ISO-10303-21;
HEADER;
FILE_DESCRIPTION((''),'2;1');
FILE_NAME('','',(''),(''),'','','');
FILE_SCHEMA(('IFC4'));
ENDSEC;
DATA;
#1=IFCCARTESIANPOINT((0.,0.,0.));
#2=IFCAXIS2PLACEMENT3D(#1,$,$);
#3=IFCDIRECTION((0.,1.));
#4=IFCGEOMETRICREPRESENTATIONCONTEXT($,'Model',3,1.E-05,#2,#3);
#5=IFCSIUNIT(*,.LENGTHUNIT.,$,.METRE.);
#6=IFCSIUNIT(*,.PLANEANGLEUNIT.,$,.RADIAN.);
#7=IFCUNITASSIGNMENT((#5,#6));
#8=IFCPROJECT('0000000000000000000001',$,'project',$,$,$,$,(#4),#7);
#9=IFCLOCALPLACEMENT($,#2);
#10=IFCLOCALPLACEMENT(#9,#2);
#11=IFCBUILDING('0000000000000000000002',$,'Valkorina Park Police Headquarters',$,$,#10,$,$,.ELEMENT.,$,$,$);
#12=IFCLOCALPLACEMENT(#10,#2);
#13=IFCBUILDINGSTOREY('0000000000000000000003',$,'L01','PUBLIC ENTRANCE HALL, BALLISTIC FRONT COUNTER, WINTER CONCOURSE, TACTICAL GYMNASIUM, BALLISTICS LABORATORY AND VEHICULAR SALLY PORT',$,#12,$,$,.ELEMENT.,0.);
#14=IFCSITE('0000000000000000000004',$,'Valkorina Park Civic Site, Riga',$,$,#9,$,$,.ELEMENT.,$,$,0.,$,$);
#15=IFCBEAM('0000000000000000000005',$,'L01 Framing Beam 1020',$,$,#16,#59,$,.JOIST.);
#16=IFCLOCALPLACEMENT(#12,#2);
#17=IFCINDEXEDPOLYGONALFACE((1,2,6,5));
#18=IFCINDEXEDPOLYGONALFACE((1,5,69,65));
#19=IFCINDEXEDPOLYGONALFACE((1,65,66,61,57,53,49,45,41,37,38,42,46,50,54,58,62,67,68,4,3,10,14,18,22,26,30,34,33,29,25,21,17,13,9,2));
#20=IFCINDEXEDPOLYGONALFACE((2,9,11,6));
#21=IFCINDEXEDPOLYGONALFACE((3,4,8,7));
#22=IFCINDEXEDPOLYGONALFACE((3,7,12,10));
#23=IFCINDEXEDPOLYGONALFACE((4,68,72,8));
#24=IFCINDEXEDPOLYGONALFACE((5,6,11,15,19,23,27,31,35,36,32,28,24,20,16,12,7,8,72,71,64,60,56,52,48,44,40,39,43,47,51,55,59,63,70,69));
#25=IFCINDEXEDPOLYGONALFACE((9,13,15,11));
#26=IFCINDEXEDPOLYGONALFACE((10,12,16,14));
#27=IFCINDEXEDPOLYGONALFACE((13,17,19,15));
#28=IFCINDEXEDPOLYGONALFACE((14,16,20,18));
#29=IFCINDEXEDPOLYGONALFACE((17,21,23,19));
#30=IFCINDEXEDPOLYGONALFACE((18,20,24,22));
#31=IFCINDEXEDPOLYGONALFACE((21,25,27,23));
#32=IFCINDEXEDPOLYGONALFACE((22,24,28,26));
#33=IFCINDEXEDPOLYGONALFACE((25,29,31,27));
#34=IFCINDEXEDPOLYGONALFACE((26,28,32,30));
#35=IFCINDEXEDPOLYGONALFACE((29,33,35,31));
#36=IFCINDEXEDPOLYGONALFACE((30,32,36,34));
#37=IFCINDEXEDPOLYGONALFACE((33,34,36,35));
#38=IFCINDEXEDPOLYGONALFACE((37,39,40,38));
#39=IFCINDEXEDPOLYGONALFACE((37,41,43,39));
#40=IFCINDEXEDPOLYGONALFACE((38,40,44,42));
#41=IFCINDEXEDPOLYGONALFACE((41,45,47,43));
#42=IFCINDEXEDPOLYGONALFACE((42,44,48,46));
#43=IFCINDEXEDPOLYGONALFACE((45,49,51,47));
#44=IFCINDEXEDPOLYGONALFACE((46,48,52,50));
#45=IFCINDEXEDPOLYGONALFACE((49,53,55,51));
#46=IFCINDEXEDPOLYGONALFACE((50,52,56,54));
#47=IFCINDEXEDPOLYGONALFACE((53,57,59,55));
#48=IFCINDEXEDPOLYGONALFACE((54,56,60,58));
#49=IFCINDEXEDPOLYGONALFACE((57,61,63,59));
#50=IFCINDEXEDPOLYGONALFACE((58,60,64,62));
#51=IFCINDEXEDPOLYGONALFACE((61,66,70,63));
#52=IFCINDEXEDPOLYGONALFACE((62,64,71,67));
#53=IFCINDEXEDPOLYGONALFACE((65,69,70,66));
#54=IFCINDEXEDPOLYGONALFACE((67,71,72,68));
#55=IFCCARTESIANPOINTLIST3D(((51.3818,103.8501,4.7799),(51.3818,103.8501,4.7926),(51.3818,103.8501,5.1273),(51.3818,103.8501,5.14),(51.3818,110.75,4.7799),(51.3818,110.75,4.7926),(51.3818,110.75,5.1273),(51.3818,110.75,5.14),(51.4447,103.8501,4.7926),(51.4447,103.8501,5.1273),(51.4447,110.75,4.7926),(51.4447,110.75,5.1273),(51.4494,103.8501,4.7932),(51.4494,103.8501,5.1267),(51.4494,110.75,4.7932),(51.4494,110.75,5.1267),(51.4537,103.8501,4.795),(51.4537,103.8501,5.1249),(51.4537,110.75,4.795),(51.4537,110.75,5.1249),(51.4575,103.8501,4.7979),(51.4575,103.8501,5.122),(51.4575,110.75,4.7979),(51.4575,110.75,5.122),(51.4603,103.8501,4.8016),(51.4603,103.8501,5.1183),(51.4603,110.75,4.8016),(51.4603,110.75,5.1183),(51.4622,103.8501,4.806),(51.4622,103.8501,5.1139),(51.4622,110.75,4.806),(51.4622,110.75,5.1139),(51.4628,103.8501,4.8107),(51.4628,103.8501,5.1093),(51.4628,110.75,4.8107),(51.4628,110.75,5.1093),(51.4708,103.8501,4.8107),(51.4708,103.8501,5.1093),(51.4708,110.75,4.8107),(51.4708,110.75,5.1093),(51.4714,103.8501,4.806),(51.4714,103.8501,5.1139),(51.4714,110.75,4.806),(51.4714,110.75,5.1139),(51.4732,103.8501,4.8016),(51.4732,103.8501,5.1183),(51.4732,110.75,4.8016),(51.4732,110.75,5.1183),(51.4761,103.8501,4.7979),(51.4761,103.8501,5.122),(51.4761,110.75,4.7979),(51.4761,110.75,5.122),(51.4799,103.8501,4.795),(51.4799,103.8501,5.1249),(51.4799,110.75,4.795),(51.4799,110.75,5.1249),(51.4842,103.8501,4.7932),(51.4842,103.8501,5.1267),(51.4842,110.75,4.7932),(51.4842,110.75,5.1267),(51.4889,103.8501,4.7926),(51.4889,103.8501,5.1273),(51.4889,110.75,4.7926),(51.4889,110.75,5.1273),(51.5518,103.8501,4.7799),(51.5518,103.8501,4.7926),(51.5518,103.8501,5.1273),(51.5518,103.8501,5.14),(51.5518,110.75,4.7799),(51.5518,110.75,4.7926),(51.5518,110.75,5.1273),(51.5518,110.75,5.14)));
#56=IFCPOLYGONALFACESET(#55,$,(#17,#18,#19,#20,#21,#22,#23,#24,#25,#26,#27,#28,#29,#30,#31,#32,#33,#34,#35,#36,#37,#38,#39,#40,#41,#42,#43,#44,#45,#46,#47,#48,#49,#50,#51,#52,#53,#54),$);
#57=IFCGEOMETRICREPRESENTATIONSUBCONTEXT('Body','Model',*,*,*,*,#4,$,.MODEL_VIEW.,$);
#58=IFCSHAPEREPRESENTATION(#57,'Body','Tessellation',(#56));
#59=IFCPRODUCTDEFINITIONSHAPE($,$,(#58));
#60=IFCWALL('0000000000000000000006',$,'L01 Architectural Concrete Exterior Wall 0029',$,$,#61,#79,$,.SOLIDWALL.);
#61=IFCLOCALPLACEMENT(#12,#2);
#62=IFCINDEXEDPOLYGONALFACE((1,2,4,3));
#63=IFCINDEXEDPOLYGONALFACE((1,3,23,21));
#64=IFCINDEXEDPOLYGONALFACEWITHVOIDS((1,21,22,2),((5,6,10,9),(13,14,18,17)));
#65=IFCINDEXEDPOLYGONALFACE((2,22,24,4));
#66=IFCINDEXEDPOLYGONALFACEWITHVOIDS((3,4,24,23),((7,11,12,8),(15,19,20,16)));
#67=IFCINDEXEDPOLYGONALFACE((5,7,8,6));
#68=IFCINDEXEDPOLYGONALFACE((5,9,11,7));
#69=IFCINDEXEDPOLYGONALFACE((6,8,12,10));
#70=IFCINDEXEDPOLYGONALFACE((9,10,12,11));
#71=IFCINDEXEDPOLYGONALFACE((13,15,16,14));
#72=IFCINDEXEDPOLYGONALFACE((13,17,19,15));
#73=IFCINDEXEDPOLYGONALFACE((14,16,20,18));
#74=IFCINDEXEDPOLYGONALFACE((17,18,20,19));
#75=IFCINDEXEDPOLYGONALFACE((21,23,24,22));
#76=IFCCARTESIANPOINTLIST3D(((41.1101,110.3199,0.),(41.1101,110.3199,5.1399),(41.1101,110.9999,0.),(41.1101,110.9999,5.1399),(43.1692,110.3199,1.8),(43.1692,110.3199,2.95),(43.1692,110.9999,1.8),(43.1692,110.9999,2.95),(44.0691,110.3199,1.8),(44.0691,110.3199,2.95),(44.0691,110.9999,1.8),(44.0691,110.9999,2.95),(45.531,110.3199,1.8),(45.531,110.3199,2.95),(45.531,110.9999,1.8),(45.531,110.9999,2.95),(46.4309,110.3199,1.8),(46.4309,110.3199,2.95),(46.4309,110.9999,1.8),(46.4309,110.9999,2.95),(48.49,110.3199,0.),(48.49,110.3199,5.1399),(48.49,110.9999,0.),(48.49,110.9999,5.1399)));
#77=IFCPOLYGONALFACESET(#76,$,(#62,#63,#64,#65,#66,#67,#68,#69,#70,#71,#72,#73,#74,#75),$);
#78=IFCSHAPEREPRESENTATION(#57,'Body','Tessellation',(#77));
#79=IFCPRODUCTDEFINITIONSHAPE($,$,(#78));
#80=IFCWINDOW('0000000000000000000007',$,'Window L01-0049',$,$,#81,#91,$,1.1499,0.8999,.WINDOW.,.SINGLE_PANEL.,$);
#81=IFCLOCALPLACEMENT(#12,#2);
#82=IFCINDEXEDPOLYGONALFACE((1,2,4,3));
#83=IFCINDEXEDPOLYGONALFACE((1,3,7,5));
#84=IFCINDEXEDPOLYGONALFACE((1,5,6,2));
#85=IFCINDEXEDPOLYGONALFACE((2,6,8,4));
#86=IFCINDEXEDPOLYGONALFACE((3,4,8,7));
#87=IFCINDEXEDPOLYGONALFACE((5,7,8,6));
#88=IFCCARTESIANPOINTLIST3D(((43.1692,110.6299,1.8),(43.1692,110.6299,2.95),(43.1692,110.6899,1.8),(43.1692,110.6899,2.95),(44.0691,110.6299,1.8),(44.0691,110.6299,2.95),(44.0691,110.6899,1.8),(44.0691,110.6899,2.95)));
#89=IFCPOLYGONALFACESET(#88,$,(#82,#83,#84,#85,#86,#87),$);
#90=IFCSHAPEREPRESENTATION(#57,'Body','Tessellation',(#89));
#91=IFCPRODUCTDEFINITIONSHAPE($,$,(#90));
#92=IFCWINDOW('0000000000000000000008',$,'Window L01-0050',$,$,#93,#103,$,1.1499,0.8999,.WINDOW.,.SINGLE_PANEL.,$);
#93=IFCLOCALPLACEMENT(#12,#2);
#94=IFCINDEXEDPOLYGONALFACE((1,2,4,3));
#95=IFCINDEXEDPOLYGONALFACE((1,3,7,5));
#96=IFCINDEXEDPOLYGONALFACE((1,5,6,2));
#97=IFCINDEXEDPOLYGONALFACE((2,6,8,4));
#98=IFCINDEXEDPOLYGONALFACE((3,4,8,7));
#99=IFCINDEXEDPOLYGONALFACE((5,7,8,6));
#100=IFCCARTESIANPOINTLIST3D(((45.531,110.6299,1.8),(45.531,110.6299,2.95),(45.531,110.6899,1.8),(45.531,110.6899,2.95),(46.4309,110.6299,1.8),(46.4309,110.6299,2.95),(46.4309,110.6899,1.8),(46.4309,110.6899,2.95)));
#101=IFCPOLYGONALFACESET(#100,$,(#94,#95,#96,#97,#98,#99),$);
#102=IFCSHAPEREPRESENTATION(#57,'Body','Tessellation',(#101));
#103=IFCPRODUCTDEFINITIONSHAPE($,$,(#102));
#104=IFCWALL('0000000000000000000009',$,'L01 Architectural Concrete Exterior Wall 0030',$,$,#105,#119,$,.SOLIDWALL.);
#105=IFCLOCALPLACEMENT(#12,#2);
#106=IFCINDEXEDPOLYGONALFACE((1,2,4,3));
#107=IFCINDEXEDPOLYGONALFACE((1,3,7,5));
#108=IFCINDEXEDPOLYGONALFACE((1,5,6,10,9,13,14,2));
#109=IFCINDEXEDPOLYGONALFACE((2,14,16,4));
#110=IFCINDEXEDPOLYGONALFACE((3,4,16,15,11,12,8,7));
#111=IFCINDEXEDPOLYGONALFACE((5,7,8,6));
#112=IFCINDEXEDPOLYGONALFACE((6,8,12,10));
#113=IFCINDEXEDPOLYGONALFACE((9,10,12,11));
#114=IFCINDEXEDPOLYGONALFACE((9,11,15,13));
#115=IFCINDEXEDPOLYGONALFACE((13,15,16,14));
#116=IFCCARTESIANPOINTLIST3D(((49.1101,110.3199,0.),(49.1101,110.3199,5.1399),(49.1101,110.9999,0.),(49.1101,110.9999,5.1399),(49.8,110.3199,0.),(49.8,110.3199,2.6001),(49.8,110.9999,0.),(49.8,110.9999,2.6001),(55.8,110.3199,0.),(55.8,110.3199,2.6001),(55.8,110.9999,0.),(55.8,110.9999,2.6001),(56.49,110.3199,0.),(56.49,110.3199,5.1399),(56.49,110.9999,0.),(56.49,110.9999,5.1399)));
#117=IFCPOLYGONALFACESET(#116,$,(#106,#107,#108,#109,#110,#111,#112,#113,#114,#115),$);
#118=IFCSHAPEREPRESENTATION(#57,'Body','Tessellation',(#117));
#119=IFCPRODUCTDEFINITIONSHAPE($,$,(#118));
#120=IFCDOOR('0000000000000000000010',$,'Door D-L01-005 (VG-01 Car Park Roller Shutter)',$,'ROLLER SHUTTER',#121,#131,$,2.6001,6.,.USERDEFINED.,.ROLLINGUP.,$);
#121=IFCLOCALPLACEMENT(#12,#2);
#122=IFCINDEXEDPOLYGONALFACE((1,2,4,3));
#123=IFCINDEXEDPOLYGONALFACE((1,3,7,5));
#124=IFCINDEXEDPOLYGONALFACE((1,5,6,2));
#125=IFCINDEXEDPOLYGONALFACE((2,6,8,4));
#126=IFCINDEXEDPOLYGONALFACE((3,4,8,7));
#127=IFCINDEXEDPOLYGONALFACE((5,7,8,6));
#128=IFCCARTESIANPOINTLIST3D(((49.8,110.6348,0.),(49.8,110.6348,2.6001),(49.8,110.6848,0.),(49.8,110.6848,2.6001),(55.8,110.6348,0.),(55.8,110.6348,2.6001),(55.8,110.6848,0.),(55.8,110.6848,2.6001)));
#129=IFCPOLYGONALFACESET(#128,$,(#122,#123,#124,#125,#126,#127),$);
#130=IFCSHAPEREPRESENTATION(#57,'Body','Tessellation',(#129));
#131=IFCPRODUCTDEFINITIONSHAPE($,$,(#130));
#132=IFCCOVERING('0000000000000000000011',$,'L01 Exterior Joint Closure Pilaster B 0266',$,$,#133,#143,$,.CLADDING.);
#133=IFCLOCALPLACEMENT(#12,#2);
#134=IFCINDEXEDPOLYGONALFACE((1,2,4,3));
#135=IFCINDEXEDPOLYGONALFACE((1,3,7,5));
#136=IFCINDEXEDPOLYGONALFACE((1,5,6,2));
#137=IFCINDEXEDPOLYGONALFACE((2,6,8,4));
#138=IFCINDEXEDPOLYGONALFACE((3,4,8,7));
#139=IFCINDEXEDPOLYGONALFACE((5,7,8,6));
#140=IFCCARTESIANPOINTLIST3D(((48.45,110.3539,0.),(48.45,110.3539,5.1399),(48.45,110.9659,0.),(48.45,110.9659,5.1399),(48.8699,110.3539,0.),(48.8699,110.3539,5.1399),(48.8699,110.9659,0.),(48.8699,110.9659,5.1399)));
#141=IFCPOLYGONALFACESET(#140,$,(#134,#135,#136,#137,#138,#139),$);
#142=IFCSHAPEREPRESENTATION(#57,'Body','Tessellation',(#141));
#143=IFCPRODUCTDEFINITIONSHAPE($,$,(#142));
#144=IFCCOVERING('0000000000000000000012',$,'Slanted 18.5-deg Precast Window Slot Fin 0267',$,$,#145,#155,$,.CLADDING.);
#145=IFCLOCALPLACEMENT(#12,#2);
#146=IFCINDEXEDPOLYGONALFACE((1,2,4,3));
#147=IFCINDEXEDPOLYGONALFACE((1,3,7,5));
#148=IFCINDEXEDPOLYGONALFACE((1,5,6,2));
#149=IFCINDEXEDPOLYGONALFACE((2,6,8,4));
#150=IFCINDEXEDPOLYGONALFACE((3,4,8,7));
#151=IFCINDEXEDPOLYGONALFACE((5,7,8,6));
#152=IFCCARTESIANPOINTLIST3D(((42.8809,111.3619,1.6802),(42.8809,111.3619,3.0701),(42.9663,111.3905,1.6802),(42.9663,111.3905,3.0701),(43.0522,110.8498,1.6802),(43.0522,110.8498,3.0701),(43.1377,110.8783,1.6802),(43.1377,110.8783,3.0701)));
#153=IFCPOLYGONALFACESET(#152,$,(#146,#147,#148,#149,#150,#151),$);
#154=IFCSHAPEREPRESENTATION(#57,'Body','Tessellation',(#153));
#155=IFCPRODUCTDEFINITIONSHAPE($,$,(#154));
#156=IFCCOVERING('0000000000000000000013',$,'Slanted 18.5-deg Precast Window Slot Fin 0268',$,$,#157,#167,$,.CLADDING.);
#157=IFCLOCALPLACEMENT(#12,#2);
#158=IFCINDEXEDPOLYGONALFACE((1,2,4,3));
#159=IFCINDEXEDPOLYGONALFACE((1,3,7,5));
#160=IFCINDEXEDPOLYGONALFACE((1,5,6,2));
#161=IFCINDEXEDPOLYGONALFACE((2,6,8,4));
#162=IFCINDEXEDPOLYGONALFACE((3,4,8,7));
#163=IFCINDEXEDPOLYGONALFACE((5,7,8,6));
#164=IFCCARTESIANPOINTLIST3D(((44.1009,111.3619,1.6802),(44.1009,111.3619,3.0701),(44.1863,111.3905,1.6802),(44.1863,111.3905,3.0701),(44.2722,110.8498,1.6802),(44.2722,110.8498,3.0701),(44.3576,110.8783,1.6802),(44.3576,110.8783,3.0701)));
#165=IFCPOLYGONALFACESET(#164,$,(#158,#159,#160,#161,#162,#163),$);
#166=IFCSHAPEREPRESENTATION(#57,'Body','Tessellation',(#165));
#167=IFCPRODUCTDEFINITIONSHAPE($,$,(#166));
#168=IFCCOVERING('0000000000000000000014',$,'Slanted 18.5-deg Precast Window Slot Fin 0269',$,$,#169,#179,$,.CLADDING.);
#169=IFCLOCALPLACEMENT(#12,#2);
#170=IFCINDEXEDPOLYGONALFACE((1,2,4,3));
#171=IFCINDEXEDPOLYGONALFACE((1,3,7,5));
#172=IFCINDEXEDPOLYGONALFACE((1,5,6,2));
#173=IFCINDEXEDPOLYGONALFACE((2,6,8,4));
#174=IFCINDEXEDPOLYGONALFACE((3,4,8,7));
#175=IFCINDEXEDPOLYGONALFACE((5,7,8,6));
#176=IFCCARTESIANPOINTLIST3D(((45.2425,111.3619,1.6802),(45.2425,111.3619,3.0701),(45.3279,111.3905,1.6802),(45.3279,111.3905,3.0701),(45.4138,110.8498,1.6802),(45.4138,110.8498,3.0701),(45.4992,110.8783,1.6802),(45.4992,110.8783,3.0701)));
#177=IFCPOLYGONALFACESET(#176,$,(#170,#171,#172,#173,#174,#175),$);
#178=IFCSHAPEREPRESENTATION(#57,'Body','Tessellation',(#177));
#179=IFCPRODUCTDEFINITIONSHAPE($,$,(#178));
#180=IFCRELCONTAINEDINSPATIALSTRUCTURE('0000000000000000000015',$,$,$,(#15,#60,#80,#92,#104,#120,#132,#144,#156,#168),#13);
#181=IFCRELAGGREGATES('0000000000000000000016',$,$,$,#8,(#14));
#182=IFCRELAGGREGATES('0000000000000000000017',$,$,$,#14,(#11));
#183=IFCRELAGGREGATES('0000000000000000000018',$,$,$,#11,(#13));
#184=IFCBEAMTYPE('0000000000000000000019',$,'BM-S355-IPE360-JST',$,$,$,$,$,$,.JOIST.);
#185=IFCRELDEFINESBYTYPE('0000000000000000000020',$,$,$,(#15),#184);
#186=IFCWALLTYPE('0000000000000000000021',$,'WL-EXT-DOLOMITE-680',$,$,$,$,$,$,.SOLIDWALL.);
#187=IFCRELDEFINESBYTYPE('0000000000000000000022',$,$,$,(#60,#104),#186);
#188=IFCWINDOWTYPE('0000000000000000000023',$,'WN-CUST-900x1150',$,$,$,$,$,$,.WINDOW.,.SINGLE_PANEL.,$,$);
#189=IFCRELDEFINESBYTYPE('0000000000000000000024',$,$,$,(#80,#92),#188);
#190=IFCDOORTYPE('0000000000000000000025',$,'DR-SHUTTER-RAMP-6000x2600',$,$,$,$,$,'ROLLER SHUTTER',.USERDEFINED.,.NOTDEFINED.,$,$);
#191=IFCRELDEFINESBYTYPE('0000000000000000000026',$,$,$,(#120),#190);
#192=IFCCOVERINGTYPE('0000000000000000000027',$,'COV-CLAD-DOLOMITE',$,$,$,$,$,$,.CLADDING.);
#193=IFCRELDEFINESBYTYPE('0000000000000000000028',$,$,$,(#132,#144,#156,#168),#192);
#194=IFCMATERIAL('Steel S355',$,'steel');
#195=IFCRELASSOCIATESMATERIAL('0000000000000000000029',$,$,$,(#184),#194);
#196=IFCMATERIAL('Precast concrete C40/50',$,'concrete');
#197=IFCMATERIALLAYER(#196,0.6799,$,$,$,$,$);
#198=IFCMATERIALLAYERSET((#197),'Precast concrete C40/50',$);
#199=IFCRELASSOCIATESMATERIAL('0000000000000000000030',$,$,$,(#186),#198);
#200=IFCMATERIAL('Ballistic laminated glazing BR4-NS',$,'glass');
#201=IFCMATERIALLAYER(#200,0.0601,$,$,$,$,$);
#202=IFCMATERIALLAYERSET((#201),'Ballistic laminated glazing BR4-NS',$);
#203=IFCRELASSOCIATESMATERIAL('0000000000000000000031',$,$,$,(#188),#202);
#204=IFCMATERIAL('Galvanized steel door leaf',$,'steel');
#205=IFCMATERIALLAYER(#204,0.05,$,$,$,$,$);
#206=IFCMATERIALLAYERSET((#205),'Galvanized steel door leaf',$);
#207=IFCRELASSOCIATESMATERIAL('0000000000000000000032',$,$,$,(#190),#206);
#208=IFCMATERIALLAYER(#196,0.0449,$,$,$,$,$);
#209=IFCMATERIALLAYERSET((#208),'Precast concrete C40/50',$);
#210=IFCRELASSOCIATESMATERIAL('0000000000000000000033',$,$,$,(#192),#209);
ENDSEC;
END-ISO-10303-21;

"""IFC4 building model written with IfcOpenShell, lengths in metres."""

from ifc_helpers import new_model, si_unit, direction, frame, frame_2d, origin, origin_2d, place, context, subcontext, project, spatial, rectangle, i_section, extrude, material, layer, layer_set, material_profile, profile_set, type_object, element, fill, save


model = new_model("IFC4")

# Units and contexts
model_context = context("Model", 3, precision=1e-05, world=origin(), true_north=direction((0.0, 1.0)))
body_context = subcontext(model_context, "Body", "Model", "MODEL_VIEW")
ifc_project = project(units=[si_unit("LENGTHUNIT", "METRE"), si_unit("PLANEANGLEUNIT", "RADIAN")], contexts=[model_context])

# Site, building, storey
site_placement = place(None, origin())
site = spatial("IfcSite", under=ifc_project, at=site_placement, Name="Valkorina Park Civic Site, Riga", CompositionType="ELEMENT", RefElevation=0.0)
building_placement = place(site_placement, origin())
building = spatial("IfcBuilding", under=site, at=building_placement, Name="Valkorina Park Police Headquarters", CompositionType="ELEMENT")
storey_placement = place(building_placement, origin())
storey = spatial("IfcBuildingStorey", under=building, at=storey_placement, Name="L01", Description="PUBLIC ENTRANCE HALL, BALLISTIC FRONT COUNTER, WINTER CONCOURSE, TACTICAL GYMNASIUM, BALLISTICS LABORATORY AND VEHICULAR SALLY PORT", CompositionType="ELEMENT", Elevation=0.0)

# Beam
ifc_material_1 = material(Name="Steel S355", Category="steel")
ifc_material_profile_1 = material_profile(ifc_material_1, i_section(OverallWidth=0.1699, OverallDepth=0.3601, WebThickness=0.0081, FlangeThickness=0.0127, FilletRadius=0.0181, at=origin_2d()), Name="IPE 360")
ifc_profile_set_1 = profile_set([ifc_material_profile_1], Name="Steel S355")
beam_type_1 = type_object("IfcBeamType", Name="BM-S355-IPE360-JST", PredefinedType="JOIST", material=ifc_profile_set_1)
for number, where, z_axis, x_axis, name in (
    (1, (51.4668, 103.8501, 4.96), (0.0, 1.0, 0.0), (-1.0, 0.0, 0.0), "L01 Framing Beam 1020"),
):
    element("IfcBeam", number, at=place(storey_placement, frame(where, z_axis=z_axis, x_axis=x_axis)), inside=storey, type_object=beam_type_1, Name=name, PredefinedType="JOIST", context=body_context, shape_type="SweptSolid", body=[
        extrude(i_section(OverallWidth=0.1699, OverallDepth=0.3601, WebThickness=0.0081, FlangeThickness=0.0127, FilletRadius=0.0181, at=origin_2d()), origin(), (0.0, 0.0, 1.0), 6.8999),
    ])

# Wall, openings, windows
ifc_material_2 = material(Name="Precast concrete C40/50", Category="concrete")
ifc_layer_1 = layer(ifc_material_2, 0.6799)
ifc_layer_set_1 = layer_set([ifc_layer_1], Name="Precast concrete C40/50")
wall_type = type_object("IfcWallType", Name="WL-EXT-DOLOMITE-680", PredefinedType="SOLIDWALL", material=ifc_layer_set_1)
wall_1_placement = place(storey_placement, frame((41.1101, 110.6599, 0.0), z_axis=(0.0, 0.0, 1.0), x_axis=(1.0, 0.0, 0.0)))
wall_1 = element("IfcWall", 2, at=wall_1_placement, inside=storey, type_object=wall_type, Name="L01 Architectural Concrete Exterior Wall 0029", PredefinedType="SOLIDWALL", context=body_context, shape_type="SweptSolid", body=[
    extrude(rectangle(XDim=7.3799, YDim=0.6799, at=frame_2d((3.6899, 0.0))), origin(), (0.0, 0.0, 1.0), 5.1399),
])
opening_1_placement = place(wall_1_placement, frame((2.0591, 0.0, 1.8)))
opening_1 = element("IfcOpeningElement", 3, at=opening_1_placement, cuts=wall_1, PredefinedType="OPENING", context=body_context, shape_type="SweptSolid", body=[
    extrude(rectangle(XDim=0.8999, YDim=1.1499, at=frame_2d((0.45, 0.575))), frame((0.0, 0.3501, 0.0), z_axis=(0.0, -1.0, 0.0), x_axis=(1.0, 0.0, 0.0)), (0.0, 0.0, 1.0), 0.7),
])
opening_2_placement = place(wall_1_placement, frame((4.4209, 0.0, 1.8)))
opening_2 = element("IfcOpeningElement", 4, at=opening_2_placement, cuts=wall_1, PredefinedType="OPENING", context=body_context, shape_type="SweptSolid", body=[
    extrude(rectangle(XDim=0.8999, YDim=1.1499, at=frame_2d((0.45, 0.575))), frame((0.0, 0.3501, 0.0), z_axis=(0.0, -1.0, 0.0), x_axis=(1.0, 0.0, 0.0)), (0.0, 0.0, 1.0), 0.7),
])
ifc_material_3 = material(Name="Ballistic laminated glazing BR4-NS", Category="glass")
ifc_layer_2 = layer(ifc_material_3, 0.0601)
ifc_layer_set_2 = layer_set([ifc_layer_2], Name="Ballistic laminated glazing BR4-NS")
window_type = type_object("IfcWindowType", Name="WN-CUST-900x1150", PartitioningType="SINGLE_PANEL", PredefinedType="WINDOW", material=ifc_layer_set_2)
window_1_placement = place(opening_1_placement, origin())
window_1 = element("IfcWindow", 5, at=window_1_placement, inside=storey, type_object=window_type, Name="Window L01-0049", OverallHeight=1.1499, OverallWidth=0.8999, PartitioningType="SINGLE_PANEL", PredefinedType="WINDOW", context=body_context, shape_type="SweptSolid", body=[
    extrude(rectangle(XDim=0.8999, YDim=1.1499, at=frame_2d((0.45, 0.575))), frame((0.0, 0.03, 0.0), z_axis=(0.0, -1.0, 0.0), x_axis=(1.0, 0.0, 0.0)), (0.0, 0.0, 1.0), 0.0601),
])
fill(opening_1, window_1)
window_2_placement = place(opening_2_placement, origin())
window_2 = element("IfcWindow", 6, at=window_2_placement, inside=storey, type_object=window_type, Name="Window L01-0050", OverallHeight=1.1499, OverallWidth=0.8999, PartitioningType="SINGLE_PANEL", PredefinedType="WINDOW", context=body_context, shape_type="SweptSolid", body=[
    extrude(rectangle(XDim=0.8999, YDim=1.1499, at=frame_2d((0.45, 0.575))), frame((0.0, 0.03, 0.0), z_axis=(0.0, -1.0, 0.0), x_axis=(1.0, 0.0, 0.0)), (0.0, 0.0, 1.0), 0.0601),
])
fill(opening_2, window_2)

# Wall, opening, door
wall_2_placement = place(storey_placement, frame((49.1101, 110.6599, 0.0), z_axis=(0.0, 0.0, 1.0), x_axis=(1.0, 0.0, 0.0)))
wall_2 = element("IfcWall", 7, at=wall_2_placement, inside=storey, type_object=wall_type, Name="L01 Architectural Concrete Exterior Wall 0030", PredefinedType="SOLIDWALL", context=body_context, shape_type="SweptSolid", body=[
    extrude(rectangle(XDim=7.3799, YDim=0.6799, at=frame_2d((3.6899, 0.0))), origin(), (0.0, 0.0, 1.0), 5.1399),
])
opening_3_placement = place(wall_2_placement, frame((0.6899, 0.0, 0.0)))
opening_3 = element("IfcOpeningElement", 8, at=opening_3_placement, cuts=wall_2, PredefinedType="OPENING", context=body_context, shape_type="SweptSolid", body=[
    extrude(rectangle(XDim=6.0, YDim=2.6001, at=frame_2d((3.0, 1.3))), frame((0.0, 0.3501, 0.0), z_axis=(0.0, -1.0, 0.0), x_axis=(1.0, 0.0, 0.0)), (0.0, 0.0, 1.0), 0.7),
])
ifc_material_4 = material(Name="Galvanized steel door leaf", Category="steel")
ifc_layer_3 = layer(ifc_material_4, 0.05)
ifc_layer_set_3 = layer_set([ifc_layer_3], Name="Galvanized steel door leaf")
door_type = type_object("IfcDoorType", Name="DR-SHUTTER-RAMP-6000x2600", ElementType="ROLLER SHUTTER", OperationType="NOTDEFINED", PredefinedType="USERDEFINED", material=ifc_layer_set_3)
door_placement = place(opening_3_placement, origin())
door = element("IfcDoor", 9, at=door_placement, inside=storey, type_object=door_type, Name="Door D-L01-005 (VG-01 Car Park Roller Shutter)", ObjectType="ROLLER SHUTTER", OperationType="ROLLINGUP", OverallHeight=2.6001, OverallWidth=6.0, PredefinedType="USERDEFINED", context=body_context, shape_type="SweptSolid", body=[
    extrude(rectangle(XDim=6.0, YDim=2.6001, at=frame_2d((3.0, 1.3))), frame((0.0, 0.0249, 0.0), z_axis=(0.0, -1.0, 0.0), x_axis=(1.0, 0.0, 0.0)), (0.0, 0.0, 1.0), 0.05),
])
fill(opening_3, door)

# Coverings
ifc_layer_4 = layer(ifc_material_2, 0.0449)
ifc_layer_set_4 = layer_set([ifc_layer_4], Name="Precast concrete C40/50")
covering_type = type_object("IfcCoveringType", Name="COV-CLAD-DOLOMITE", PredefinedType="CLADDING", material=ifc_layer_set_4)
covering_1_placement = place(storey_placement, frame((48.6599, 110.6599, 0.0), z_axis=(0.0, 0.0, 1.0), x_axis=(1.0, 0.0, 0.0)))
element("IfcCovering", 10, at=covering_1_placement, inside=storey, type_object=covering_type, Name="L01 Exterior Joint Closure Pilaster B 0266", PredefinedType="CLADDING", context=body_context, shape_type="SweptSolid", body=[
    extrude(rectangle(XDim=0.4199, YDim=0.6121, at=origin_2d()), origin(), (0.0, 0.0, 1.0), 5.1399),
])
for number, where, z_axis, x_axis, name in (
    (11, (43.0093, 111.1201, 1.6802), (0.0, 0.0, 1.0), (-0.317305, 0.948324, 0.0), "Slanted 18.5-deg Precast Window Slot Fin 0267"),
    (12, (44.2292, 111.1201, 1.6802), (0.0, 0.0, 1.0), (-0.317305, 0.948324, 0.0), "Slanted 18.5-deg Precast Window Slot Fin 0268"),
    (13, (45.3708, 111.1201, 1.6802), (0.0, 0.0, 1.0), (-0.317305, 0.948324, 0.0), "Slanted 18.5-deg Precast Window Slot Fin 0269"),
):
    element("IfcCovering", number, at=place(storey_placement, frame(where, z_axis=z_axis, x_axis=x_axis)), inside=storey, type_object=covering_type, Name=name, PredefinedType="CLADDING", context=body_context, shape_type="SweptSolid", body=[
        extrude(rectangle(XDim=0.54, YDim=0.0901, at=origin_2d()), origin(), (0.0, 0.0, 1.0), 1.3899),
    ])

save(model, "model.ifc")
